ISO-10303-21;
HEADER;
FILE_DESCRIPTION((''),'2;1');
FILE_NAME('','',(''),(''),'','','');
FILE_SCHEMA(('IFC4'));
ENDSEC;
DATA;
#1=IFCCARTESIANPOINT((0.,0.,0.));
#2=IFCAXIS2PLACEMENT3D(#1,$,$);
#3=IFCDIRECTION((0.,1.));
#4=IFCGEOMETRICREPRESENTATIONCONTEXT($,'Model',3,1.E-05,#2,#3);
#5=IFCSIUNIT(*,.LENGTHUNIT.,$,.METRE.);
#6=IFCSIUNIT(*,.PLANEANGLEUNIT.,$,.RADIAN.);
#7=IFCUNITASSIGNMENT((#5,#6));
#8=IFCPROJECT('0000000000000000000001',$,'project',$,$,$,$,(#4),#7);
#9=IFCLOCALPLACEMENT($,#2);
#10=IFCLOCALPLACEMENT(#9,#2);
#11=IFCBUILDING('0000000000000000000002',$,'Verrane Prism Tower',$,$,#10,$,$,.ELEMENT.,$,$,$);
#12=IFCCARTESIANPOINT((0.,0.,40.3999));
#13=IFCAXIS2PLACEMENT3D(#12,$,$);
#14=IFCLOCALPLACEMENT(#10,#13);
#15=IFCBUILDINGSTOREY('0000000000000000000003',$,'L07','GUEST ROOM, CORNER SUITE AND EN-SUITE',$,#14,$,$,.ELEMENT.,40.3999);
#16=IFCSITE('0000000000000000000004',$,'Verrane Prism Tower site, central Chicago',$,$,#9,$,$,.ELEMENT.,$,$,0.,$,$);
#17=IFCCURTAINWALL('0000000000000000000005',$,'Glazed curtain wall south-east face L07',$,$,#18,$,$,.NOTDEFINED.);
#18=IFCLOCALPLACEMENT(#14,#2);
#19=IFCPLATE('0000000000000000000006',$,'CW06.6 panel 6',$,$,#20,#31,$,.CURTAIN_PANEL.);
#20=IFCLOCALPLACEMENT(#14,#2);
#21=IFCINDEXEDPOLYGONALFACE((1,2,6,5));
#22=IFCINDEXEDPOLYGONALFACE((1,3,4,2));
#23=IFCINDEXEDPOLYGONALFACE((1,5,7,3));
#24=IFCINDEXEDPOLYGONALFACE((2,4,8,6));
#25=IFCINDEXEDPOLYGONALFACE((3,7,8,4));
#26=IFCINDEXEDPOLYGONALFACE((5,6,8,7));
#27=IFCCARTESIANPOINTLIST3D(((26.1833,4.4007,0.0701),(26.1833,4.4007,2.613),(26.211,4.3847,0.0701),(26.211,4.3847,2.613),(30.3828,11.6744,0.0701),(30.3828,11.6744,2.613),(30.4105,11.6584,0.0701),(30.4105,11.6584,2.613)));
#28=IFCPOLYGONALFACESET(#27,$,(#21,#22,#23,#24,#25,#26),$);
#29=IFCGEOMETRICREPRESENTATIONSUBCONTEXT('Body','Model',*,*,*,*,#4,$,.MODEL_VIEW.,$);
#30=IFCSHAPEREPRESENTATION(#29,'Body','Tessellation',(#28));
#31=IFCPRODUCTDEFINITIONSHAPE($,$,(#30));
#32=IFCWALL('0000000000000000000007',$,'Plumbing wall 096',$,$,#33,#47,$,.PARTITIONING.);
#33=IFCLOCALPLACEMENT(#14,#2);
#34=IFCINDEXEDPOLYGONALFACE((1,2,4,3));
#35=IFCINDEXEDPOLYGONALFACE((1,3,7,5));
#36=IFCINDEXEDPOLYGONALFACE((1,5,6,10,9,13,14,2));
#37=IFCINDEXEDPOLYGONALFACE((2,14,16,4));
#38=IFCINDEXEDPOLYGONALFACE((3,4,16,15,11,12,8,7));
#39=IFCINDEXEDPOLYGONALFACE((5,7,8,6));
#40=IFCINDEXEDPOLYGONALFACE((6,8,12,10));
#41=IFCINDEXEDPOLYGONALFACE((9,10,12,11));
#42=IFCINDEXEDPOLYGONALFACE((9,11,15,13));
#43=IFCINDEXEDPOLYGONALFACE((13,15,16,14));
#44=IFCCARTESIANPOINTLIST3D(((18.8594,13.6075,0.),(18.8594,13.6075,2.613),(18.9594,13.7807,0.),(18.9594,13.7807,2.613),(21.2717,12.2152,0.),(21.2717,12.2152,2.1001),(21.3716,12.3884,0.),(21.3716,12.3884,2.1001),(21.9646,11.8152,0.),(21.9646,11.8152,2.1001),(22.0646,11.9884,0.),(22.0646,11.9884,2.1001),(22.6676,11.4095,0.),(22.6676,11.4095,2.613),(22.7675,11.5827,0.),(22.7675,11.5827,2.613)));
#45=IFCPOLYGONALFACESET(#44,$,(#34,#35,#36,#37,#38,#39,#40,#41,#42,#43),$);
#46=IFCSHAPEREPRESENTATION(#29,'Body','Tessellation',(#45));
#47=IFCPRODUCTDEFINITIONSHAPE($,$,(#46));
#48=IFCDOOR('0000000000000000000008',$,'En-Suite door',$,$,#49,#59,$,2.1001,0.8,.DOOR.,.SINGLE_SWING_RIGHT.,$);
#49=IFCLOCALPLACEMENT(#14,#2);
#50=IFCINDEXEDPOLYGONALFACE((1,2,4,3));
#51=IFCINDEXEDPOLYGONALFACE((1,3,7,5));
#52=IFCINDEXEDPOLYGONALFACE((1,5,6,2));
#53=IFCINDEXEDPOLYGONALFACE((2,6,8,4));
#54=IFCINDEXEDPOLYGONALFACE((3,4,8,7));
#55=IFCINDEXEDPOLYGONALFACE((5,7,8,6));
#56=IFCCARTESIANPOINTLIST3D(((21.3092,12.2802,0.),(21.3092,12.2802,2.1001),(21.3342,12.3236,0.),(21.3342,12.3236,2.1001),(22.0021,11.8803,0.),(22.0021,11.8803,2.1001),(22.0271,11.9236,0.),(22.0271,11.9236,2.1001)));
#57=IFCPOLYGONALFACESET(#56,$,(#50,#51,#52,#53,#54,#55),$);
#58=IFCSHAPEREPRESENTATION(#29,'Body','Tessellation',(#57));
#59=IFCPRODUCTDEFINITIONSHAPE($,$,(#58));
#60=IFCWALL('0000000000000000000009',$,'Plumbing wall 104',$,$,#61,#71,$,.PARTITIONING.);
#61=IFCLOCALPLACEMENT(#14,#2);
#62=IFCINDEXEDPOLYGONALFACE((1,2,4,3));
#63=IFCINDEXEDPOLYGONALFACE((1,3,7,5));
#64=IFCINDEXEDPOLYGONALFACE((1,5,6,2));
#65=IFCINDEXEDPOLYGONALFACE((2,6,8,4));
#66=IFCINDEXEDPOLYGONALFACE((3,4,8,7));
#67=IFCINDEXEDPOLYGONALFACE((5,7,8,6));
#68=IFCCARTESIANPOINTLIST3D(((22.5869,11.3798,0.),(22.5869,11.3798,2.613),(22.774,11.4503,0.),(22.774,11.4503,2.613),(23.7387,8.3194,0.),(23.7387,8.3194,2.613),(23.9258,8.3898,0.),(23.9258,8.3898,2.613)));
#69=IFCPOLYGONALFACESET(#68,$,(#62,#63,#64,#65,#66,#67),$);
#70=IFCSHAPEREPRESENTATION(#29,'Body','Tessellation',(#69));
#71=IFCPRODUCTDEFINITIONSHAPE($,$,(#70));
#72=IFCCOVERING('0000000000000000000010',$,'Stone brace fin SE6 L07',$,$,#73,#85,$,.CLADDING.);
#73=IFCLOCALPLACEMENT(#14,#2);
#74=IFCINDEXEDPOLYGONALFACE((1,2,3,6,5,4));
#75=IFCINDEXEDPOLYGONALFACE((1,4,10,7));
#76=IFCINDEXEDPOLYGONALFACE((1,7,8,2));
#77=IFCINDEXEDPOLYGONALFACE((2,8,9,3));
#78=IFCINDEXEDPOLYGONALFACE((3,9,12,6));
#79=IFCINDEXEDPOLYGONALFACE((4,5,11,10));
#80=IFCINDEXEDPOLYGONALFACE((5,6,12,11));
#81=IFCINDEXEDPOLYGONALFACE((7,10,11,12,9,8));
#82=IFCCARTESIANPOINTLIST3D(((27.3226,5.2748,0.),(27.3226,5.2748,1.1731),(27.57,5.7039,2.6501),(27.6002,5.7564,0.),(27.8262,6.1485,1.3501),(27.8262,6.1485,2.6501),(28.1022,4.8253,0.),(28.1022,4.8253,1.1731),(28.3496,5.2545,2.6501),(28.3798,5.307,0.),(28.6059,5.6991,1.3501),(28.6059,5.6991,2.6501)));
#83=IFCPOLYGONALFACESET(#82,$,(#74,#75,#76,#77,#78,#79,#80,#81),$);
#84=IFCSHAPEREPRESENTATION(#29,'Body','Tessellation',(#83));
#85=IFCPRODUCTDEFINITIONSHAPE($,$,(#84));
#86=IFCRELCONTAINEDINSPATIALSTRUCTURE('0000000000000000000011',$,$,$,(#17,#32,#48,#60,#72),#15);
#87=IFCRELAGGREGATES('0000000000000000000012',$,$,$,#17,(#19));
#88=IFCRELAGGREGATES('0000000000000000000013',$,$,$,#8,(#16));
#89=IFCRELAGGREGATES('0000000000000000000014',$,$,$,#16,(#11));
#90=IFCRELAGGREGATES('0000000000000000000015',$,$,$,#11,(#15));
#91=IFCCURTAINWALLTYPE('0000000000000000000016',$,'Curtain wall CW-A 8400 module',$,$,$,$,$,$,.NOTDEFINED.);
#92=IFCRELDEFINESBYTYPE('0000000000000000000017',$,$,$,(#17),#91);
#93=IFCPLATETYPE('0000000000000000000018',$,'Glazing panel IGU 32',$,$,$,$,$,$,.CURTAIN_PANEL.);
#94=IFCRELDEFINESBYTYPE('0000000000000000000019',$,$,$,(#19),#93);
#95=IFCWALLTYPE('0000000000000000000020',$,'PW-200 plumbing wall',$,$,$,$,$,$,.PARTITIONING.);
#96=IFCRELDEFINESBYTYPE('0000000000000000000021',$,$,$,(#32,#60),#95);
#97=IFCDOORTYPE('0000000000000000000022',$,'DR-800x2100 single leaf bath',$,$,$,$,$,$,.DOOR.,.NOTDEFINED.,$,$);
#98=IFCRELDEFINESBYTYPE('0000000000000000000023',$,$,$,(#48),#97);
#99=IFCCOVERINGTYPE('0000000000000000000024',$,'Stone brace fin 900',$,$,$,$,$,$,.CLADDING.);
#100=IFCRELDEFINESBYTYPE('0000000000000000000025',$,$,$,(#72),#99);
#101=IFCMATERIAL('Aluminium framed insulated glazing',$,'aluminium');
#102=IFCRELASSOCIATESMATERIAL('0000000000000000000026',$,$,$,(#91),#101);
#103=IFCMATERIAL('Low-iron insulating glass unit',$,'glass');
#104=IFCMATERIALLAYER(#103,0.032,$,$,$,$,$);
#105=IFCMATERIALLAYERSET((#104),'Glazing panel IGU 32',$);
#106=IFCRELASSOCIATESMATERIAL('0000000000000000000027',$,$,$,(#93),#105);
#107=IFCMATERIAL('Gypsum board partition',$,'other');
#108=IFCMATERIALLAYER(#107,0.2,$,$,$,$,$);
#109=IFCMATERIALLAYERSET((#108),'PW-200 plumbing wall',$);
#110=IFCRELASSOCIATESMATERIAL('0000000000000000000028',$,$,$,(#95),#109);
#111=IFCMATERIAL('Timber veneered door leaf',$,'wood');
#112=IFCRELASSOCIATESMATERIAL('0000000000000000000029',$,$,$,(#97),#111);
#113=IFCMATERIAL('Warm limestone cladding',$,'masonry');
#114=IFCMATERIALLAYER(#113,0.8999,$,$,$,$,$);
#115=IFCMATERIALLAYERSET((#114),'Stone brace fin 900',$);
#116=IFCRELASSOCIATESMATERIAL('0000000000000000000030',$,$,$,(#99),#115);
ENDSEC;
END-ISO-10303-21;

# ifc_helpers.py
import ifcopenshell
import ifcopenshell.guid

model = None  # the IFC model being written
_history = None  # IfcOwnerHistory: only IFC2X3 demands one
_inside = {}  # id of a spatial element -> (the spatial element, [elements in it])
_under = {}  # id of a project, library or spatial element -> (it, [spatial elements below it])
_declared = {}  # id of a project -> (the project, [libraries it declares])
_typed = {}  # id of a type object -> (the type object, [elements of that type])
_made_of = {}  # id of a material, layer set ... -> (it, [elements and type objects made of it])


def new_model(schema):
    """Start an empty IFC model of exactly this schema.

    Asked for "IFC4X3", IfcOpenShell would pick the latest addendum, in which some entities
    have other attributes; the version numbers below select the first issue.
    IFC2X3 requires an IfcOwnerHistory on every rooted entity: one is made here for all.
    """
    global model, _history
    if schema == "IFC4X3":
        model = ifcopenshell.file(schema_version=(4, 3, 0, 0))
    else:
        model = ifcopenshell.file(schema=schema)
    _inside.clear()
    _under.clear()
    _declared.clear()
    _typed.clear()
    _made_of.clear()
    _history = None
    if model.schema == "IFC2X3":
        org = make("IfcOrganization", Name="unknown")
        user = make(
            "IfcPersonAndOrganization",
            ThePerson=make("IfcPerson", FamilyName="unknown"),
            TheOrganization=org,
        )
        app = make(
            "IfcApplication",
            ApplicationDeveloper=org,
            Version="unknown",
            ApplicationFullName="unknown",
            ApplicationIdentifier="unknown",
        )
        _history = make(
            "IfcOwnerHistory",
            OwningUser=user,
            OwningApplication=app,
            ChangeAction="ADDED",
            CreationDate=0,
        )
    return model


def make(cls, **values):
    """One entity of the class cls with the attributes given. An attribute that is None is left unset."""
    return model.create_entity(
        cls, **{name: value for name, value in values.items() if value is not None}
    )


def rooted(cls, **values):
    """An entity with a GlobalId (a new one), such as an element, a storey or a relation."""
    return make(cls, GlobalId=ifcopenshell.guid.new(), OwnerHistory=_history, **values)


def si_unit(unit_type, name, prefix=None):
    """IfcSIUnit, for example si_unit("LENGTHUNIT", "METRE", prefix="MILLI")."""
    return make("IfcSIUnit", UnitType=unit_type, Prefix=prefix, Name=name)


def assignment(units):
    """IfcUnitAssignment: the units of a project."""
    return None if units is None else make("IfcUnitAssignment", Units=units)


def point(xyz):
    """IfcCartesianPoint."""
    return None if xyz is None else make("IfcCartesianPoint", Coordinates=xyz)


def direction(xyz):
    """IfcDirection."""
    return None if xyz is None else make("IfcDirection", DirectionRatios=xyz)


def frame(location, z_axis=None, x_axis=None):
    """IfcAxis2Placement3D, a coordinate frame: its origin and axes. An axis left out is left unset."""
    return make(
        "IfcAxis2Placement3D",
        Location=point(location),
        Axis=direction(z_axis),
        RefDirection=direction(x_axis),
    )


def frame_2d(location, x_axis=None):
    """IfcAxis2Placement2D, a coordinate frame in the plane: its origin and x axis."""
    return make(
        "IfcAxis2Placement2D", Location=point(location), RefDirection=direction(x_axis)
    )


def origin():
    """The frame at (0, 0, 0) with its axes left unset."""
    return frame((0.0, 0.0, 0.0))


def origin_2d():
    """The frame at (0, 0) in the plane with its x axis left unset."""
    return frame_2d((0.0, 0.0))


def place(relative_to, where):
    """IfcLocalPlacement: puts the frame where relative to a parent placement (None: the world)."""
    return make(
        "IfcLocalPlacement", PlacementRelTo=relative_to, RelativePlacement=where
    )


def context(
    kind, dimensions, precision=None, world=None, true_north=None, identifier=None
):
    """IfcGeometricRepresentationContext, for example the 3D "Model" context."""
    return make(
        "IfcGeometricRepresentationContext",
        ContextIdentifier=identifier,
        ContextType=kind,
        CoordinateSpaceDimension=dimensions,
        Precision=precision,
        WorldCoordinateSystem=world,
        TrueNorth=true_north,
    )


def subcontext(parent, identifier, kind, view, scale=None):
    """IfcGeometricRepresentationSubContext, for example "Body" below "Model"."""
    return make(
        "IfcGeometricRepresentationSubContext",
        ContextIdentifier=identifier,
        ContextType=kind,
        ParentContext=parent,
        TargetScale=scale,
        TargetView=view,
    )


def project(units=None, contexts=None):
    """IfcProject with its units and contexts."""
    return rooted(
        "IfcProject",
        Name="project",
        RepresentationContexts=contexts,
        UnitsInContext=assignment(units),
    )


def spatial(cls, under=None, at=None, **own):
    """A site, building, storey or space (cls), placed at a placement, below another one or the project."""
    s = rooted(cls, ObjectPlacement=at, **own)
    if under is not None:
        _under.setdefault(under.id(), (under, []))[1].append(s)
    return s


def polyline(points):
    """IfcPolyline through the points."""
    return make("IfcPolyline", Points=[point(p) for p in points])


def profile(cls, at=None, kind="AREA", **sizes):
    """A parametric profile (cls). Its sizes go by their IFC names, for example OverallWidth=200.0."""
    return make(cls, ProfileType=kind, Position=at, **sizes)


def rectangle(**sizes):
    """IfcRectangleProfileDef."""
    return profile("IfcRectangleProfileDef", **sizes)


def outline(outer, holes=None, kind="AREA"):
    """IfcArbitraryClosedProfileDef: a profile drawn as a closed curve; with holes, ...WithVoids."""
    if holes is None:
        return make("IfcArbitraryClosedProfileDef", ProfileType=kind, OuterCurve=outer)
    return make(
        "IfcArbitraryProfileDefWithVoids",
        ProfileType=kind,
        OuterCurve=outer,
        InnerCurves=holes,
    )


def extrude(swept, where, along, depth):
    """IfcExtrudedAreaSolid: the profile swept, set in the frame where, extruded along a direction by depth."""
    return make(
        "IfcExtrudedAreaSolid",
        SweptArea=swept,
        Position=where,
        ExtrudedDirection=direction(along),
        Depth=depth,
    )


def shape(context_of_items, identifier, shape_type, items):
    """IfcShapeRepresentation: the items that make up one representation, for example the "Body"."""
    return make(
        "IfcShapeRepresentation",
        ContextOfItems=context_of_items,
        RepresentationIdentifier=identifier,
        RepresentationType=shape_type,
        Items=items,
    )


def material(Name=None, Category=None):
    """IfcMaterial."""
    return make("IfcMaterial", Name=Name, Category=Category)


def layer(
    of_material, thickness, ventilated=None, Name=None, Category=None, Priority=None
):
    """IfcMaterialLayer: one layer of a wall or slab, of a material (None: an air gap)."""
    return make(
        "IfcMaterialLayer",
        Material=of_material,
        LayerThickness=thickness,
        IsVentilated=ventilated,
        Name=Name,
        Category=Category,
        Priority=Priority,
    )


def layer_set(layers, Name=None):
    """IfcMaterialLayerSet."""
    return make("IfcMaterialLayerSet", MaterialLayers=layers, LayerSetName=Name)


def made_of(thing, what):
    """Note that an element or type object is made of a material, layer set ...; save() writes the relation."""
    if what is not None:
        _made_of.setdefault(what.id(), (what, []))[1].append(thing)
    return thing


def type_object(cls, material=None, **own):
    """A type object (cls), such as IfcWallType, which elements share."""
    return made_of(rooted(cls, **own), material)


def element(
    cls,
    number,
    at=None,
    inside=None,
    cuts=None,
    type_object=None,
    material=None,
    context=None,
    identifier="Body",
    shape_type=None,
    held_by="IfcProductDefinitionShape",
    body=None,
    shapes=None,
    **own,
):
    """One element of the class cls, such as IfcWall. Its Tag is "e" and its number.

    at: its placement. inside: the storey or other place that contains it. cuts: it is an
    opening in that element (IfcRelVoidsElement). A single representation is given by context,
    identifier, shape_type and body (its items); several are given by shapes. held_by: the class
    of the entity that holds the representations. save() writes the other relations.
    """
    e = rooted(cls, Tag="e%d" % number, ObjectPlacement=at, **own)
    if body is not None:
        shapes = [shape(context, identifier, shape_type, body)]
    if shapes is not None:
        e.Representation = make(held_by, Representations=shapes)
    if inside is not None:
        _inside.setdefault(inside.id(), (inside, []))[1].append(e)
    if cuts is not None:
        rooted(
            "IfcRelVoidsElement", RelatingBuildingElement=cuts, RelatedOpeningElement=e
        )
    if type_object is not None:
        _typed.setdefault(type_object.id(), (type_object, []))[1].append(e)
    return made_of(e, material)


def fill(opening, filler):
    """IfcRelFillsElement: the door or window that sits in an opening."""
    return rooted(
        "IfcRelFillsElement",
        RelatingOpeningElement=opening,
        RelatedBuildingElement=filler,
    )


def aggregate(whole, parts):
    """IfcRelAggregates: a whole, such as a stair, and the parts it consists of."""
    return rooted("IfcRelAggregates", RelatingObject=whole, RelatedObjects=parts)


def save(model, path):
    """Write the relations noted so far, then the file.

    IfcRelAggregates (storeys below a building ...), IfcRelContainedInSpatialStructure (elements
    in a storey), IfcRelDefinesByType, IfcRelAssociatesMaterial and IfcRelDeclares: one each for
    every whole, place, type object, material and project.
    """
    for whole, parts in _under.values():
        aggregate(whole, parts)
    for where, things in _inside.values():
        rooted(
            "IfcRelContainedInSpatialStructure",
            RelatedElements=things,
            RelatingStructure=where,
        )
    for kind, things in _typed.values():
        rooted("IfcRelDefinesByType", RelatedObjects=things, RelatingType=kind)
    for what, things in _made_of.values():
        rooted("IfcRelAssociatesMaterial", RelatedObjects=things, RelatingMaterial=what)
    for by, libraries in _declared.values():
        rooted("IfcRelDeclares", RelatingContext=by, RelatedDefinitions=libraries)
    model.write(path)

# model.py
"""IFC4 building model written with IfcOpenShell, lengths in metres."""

from ifc_helpers import new_model, si_unit, direction, frame, frame_2d, origin, origin_2d, place, context, subcontext, project, spatial, polyline, rectangle, outline, extrude, material, layer, layer_set, type_object, element, fill, aggregate, save


model = new_model("IFC4")

# Units and contexts
model_context = context("Model", 3, precision=1e-05, world=origin(), true_north=direction((0.0, 1.0)))
body_context = subcontext(model_context, "Body", "Model", "MODEL_VIEW")
ifc_project = project(units=[si_unit("LENGTHUNIT", "METRE"), si_unit("PLANEANGLEUNIT", "RADIAN")], contexts=[model_context])

# Site, building, storey
site_placement = place(None, origin())
site = spatial("IfcSite", under=ifc_project, at=site_placement, Name="Verrane Prism Tower site, central Chicago", CompositionType="ELEMENT", RefElevation=0.0)
building_placement = place(site_placement, origin())
building = spatial("IfcBuilding", under=site, at=building_placement, Name="Verrane Prism Tower", CompositionType="ELEMENT")
storey_placement = place(building_placement, frame((0.0, 0.0, 40.3999)))
storey = spatial("IfcBuildingStorey", under=building, at=storey_placement, Name="L07", Description="GUEST ROOM, CORNER SUITE AND EN-SUITE", CompositionType="ELEMENT", Elevation=40.3999)

# Curtain wall
ifc_material_1 = material(Name="Aluminium framed insulated glazing", Category="aluminium")
curtain_wall_type = type_object("IfcCurtainWallType", Name="Curtain wall CW-A 8400 module", PredefinedType="NOTDEFINED", material=ifc_material_1)
curtain_wall_placement = place(storey_placement, origin())
curtain_wall = element("IfcCurtainWall", 1, at=curtain_wall_placement, inside=storey, type_object=curtain_wall_type, Name="Glazed curtain wall south-east face L07", PredefinedType="NOTDEFINED")

# Plate
ifc_material_2 = material(Name="Low-iron insulating glass unit", Category="glass")
ifc_layer_1 = layer(ifc_material_2, 0.032)
ifc_layer_set_1 = layer_set([ifc_layer_1], Name="Glazing panel IGU 32")
plate_type = type_object("IfcPlateType", Name="Glazing panel IGU 32", PredefinedType="CURTAIN_PANEL", material=ifc_layer_set_1)
plate_placement = place(storey_placement, frame((28.2969, 8.0295, 0.0701), z_axis=(0.0, 0.0, 1.0), x_axis=(0.5, 0.866025, 0.0)))
plate = element("IfcPlate", 2, at=plate_placement, type_object=plate_type, Name="CW06.6 panel 6", PredefinedType="CURTAIN_PANEL", context=body_context, shape_type="SweptSolid", body=[
    extrude(rectangle(XDim=8.3989, YDim=0.032, at=origin_2d()), origin(), (0.0, 0.0, 1.0), 2.543),
])
aggregate(curtain_wall, [plate])

# Wall, opening, door
ifc_material_3 = material(Name="Gypsum board partition", Category="other")
ifc_layer_2 = layer(ifc_material_3, 0.2)
ifc_layer_set_2 = layer_set([ifc_layer_2], Name="PW-200 plumbing wall")
wall_type = type_object("IfcWallType", Name="PW-200 plumbing wall", PredefinedType="PARTITIONING", material=ifc_layer_set_2)
wall_1_placement = place(storey_placement, frame((22.7175, 11.4961, 0.0), z_axis=(0.0, 0.0, 1.0), x_axis=(-0.866086, 0.499895, 0.0)))
wall_1 = element("IfcWall", 3, at=wall_1_placement, inside=storey, type_object=wall_type, Name="Plumbing wall 096", PredefinedType="PARTITIONING", context=body_context, shape_type="SweptSolid", body=[
    extrude(rectangle(XDim=4.397, YDim=0.2, at=frame_2d((2.1985, 0.0))), origin(), (0.0, 0.0, 1.0), 2.613),
])
opening_placement = place(wall_1_placement, frame((0.8118, 0.0, 0.0)))
opening = element("IfcOpeningElement", 4, at=opening_placement, cuts=wall_1, PredefinedType="OPENING", context=body_context, shape_type="SweptSolid", body=[
    extrude(rectangle(XDim=0.8, YDim=2.1001, at=frame_2d((0.3999, 1.05))), frame((0.0, 0.1099, 0.0), z_axis=(0.0, -1.0, 0.0), x_axis=(1.0, 0.0, 0.0)), (0.0, 0.0, 1.0), 0.22),
])
ifc_material_4 = material(Name="Timber veneered door leaf", Category="wood")
door_type = type_object("IfcDoorType", Name="DR-800x2100 single leaf bath", OperationType="NOTDEFINED", PredefinedType="DOOR", material=ifc_material_4)
door_placement = place(opening_placement, origin())
door = element("IfcDoor", 5, at=door_placement, inside=storey, type_object=door_type, Name="En-Suite door", OperationType="SINGLE_SWING_RIGHT", OverallHeight=2.1001, OverallWidth=0.8, PredefinedType="DOOR", context=body_context, shape_type="SweptSolid", body=[
    extrude(rectangle(XDim=0.8, YDim=2.1001, at=frame_2d((0.3999, 1.05))), frame((0.0, 0.0249, 0.0), z_axis=(0.0, -1.0, 0.0), x_axis=(1.0, 0.0, 0.0)), (0.0, 0.0, 1.0), 0.05),
])
fill(opening, door)

# Wall
wall_2_placement = place(storey_placement, frame((22.6804, 11.415, 0.0), z_axis=(0.0, 0.0, 1.0), x_axis=(0.352236, -0.935911, 0.0)))
element("IfcWall", 6, at=wall_2_placement, inside=storey, type_object=wall_type, Name="Plumbing wall 104", PredefinedType="PARTITIONING", context=body_context, shape_type="SweptSolid", body=[
    extrude(rectangle(XDim=3.27, YDim=0.2, at=frame_2d((1.635, 0.0))), origin(), (0.0, 0.0, 1.0), 2.613),
])

# Covering
ifc_material_5 = material(Name="Warm limestone cladding", Category="masonry")
ifc_layer_3 = layer(ifc_material_5, 0.8999)
ifc_layer_set_3 = layer_set([ifc_layer_3], Name="Stone brace fin 900")
covering_type = type_object("IfcCoveringType", Name="Stone brace fin 900", PredefinedType="CLADDING", material=ifc_layer_set_3)
covering_placement = place(storey_placement, frame((27.7124, 5.05, 0.0), z_axis=(0.0, 0.0, 1.0), x_axis=(0.499394, 0.866375, 0.0)))
element("IfcCovering", 7, at=covering_placement, inside=storey, type_object=covering_type, Name="Stone brace fin SE6 L07", PredefinedType="CLADDING", context=body_context, shape_type="SweptSolid", body=[
    extrude(outline(polyline([(1.0085, 2.6501), (0.4954, 2.6501), (0.0, 1.1731), (0.0, 0.0), (0.5559, 0.0), (1.0085, 1.3501), (1.0085, 2.6501)])), frame((0.0, 0.45, 0.0), z_axis=(0.0, -1.0, 0.0), x_axis=(1.0, 0.0, 0.0)), (0.0, 0.0, 1.0), 0.8999),
])

save(model, "model.ifc")
